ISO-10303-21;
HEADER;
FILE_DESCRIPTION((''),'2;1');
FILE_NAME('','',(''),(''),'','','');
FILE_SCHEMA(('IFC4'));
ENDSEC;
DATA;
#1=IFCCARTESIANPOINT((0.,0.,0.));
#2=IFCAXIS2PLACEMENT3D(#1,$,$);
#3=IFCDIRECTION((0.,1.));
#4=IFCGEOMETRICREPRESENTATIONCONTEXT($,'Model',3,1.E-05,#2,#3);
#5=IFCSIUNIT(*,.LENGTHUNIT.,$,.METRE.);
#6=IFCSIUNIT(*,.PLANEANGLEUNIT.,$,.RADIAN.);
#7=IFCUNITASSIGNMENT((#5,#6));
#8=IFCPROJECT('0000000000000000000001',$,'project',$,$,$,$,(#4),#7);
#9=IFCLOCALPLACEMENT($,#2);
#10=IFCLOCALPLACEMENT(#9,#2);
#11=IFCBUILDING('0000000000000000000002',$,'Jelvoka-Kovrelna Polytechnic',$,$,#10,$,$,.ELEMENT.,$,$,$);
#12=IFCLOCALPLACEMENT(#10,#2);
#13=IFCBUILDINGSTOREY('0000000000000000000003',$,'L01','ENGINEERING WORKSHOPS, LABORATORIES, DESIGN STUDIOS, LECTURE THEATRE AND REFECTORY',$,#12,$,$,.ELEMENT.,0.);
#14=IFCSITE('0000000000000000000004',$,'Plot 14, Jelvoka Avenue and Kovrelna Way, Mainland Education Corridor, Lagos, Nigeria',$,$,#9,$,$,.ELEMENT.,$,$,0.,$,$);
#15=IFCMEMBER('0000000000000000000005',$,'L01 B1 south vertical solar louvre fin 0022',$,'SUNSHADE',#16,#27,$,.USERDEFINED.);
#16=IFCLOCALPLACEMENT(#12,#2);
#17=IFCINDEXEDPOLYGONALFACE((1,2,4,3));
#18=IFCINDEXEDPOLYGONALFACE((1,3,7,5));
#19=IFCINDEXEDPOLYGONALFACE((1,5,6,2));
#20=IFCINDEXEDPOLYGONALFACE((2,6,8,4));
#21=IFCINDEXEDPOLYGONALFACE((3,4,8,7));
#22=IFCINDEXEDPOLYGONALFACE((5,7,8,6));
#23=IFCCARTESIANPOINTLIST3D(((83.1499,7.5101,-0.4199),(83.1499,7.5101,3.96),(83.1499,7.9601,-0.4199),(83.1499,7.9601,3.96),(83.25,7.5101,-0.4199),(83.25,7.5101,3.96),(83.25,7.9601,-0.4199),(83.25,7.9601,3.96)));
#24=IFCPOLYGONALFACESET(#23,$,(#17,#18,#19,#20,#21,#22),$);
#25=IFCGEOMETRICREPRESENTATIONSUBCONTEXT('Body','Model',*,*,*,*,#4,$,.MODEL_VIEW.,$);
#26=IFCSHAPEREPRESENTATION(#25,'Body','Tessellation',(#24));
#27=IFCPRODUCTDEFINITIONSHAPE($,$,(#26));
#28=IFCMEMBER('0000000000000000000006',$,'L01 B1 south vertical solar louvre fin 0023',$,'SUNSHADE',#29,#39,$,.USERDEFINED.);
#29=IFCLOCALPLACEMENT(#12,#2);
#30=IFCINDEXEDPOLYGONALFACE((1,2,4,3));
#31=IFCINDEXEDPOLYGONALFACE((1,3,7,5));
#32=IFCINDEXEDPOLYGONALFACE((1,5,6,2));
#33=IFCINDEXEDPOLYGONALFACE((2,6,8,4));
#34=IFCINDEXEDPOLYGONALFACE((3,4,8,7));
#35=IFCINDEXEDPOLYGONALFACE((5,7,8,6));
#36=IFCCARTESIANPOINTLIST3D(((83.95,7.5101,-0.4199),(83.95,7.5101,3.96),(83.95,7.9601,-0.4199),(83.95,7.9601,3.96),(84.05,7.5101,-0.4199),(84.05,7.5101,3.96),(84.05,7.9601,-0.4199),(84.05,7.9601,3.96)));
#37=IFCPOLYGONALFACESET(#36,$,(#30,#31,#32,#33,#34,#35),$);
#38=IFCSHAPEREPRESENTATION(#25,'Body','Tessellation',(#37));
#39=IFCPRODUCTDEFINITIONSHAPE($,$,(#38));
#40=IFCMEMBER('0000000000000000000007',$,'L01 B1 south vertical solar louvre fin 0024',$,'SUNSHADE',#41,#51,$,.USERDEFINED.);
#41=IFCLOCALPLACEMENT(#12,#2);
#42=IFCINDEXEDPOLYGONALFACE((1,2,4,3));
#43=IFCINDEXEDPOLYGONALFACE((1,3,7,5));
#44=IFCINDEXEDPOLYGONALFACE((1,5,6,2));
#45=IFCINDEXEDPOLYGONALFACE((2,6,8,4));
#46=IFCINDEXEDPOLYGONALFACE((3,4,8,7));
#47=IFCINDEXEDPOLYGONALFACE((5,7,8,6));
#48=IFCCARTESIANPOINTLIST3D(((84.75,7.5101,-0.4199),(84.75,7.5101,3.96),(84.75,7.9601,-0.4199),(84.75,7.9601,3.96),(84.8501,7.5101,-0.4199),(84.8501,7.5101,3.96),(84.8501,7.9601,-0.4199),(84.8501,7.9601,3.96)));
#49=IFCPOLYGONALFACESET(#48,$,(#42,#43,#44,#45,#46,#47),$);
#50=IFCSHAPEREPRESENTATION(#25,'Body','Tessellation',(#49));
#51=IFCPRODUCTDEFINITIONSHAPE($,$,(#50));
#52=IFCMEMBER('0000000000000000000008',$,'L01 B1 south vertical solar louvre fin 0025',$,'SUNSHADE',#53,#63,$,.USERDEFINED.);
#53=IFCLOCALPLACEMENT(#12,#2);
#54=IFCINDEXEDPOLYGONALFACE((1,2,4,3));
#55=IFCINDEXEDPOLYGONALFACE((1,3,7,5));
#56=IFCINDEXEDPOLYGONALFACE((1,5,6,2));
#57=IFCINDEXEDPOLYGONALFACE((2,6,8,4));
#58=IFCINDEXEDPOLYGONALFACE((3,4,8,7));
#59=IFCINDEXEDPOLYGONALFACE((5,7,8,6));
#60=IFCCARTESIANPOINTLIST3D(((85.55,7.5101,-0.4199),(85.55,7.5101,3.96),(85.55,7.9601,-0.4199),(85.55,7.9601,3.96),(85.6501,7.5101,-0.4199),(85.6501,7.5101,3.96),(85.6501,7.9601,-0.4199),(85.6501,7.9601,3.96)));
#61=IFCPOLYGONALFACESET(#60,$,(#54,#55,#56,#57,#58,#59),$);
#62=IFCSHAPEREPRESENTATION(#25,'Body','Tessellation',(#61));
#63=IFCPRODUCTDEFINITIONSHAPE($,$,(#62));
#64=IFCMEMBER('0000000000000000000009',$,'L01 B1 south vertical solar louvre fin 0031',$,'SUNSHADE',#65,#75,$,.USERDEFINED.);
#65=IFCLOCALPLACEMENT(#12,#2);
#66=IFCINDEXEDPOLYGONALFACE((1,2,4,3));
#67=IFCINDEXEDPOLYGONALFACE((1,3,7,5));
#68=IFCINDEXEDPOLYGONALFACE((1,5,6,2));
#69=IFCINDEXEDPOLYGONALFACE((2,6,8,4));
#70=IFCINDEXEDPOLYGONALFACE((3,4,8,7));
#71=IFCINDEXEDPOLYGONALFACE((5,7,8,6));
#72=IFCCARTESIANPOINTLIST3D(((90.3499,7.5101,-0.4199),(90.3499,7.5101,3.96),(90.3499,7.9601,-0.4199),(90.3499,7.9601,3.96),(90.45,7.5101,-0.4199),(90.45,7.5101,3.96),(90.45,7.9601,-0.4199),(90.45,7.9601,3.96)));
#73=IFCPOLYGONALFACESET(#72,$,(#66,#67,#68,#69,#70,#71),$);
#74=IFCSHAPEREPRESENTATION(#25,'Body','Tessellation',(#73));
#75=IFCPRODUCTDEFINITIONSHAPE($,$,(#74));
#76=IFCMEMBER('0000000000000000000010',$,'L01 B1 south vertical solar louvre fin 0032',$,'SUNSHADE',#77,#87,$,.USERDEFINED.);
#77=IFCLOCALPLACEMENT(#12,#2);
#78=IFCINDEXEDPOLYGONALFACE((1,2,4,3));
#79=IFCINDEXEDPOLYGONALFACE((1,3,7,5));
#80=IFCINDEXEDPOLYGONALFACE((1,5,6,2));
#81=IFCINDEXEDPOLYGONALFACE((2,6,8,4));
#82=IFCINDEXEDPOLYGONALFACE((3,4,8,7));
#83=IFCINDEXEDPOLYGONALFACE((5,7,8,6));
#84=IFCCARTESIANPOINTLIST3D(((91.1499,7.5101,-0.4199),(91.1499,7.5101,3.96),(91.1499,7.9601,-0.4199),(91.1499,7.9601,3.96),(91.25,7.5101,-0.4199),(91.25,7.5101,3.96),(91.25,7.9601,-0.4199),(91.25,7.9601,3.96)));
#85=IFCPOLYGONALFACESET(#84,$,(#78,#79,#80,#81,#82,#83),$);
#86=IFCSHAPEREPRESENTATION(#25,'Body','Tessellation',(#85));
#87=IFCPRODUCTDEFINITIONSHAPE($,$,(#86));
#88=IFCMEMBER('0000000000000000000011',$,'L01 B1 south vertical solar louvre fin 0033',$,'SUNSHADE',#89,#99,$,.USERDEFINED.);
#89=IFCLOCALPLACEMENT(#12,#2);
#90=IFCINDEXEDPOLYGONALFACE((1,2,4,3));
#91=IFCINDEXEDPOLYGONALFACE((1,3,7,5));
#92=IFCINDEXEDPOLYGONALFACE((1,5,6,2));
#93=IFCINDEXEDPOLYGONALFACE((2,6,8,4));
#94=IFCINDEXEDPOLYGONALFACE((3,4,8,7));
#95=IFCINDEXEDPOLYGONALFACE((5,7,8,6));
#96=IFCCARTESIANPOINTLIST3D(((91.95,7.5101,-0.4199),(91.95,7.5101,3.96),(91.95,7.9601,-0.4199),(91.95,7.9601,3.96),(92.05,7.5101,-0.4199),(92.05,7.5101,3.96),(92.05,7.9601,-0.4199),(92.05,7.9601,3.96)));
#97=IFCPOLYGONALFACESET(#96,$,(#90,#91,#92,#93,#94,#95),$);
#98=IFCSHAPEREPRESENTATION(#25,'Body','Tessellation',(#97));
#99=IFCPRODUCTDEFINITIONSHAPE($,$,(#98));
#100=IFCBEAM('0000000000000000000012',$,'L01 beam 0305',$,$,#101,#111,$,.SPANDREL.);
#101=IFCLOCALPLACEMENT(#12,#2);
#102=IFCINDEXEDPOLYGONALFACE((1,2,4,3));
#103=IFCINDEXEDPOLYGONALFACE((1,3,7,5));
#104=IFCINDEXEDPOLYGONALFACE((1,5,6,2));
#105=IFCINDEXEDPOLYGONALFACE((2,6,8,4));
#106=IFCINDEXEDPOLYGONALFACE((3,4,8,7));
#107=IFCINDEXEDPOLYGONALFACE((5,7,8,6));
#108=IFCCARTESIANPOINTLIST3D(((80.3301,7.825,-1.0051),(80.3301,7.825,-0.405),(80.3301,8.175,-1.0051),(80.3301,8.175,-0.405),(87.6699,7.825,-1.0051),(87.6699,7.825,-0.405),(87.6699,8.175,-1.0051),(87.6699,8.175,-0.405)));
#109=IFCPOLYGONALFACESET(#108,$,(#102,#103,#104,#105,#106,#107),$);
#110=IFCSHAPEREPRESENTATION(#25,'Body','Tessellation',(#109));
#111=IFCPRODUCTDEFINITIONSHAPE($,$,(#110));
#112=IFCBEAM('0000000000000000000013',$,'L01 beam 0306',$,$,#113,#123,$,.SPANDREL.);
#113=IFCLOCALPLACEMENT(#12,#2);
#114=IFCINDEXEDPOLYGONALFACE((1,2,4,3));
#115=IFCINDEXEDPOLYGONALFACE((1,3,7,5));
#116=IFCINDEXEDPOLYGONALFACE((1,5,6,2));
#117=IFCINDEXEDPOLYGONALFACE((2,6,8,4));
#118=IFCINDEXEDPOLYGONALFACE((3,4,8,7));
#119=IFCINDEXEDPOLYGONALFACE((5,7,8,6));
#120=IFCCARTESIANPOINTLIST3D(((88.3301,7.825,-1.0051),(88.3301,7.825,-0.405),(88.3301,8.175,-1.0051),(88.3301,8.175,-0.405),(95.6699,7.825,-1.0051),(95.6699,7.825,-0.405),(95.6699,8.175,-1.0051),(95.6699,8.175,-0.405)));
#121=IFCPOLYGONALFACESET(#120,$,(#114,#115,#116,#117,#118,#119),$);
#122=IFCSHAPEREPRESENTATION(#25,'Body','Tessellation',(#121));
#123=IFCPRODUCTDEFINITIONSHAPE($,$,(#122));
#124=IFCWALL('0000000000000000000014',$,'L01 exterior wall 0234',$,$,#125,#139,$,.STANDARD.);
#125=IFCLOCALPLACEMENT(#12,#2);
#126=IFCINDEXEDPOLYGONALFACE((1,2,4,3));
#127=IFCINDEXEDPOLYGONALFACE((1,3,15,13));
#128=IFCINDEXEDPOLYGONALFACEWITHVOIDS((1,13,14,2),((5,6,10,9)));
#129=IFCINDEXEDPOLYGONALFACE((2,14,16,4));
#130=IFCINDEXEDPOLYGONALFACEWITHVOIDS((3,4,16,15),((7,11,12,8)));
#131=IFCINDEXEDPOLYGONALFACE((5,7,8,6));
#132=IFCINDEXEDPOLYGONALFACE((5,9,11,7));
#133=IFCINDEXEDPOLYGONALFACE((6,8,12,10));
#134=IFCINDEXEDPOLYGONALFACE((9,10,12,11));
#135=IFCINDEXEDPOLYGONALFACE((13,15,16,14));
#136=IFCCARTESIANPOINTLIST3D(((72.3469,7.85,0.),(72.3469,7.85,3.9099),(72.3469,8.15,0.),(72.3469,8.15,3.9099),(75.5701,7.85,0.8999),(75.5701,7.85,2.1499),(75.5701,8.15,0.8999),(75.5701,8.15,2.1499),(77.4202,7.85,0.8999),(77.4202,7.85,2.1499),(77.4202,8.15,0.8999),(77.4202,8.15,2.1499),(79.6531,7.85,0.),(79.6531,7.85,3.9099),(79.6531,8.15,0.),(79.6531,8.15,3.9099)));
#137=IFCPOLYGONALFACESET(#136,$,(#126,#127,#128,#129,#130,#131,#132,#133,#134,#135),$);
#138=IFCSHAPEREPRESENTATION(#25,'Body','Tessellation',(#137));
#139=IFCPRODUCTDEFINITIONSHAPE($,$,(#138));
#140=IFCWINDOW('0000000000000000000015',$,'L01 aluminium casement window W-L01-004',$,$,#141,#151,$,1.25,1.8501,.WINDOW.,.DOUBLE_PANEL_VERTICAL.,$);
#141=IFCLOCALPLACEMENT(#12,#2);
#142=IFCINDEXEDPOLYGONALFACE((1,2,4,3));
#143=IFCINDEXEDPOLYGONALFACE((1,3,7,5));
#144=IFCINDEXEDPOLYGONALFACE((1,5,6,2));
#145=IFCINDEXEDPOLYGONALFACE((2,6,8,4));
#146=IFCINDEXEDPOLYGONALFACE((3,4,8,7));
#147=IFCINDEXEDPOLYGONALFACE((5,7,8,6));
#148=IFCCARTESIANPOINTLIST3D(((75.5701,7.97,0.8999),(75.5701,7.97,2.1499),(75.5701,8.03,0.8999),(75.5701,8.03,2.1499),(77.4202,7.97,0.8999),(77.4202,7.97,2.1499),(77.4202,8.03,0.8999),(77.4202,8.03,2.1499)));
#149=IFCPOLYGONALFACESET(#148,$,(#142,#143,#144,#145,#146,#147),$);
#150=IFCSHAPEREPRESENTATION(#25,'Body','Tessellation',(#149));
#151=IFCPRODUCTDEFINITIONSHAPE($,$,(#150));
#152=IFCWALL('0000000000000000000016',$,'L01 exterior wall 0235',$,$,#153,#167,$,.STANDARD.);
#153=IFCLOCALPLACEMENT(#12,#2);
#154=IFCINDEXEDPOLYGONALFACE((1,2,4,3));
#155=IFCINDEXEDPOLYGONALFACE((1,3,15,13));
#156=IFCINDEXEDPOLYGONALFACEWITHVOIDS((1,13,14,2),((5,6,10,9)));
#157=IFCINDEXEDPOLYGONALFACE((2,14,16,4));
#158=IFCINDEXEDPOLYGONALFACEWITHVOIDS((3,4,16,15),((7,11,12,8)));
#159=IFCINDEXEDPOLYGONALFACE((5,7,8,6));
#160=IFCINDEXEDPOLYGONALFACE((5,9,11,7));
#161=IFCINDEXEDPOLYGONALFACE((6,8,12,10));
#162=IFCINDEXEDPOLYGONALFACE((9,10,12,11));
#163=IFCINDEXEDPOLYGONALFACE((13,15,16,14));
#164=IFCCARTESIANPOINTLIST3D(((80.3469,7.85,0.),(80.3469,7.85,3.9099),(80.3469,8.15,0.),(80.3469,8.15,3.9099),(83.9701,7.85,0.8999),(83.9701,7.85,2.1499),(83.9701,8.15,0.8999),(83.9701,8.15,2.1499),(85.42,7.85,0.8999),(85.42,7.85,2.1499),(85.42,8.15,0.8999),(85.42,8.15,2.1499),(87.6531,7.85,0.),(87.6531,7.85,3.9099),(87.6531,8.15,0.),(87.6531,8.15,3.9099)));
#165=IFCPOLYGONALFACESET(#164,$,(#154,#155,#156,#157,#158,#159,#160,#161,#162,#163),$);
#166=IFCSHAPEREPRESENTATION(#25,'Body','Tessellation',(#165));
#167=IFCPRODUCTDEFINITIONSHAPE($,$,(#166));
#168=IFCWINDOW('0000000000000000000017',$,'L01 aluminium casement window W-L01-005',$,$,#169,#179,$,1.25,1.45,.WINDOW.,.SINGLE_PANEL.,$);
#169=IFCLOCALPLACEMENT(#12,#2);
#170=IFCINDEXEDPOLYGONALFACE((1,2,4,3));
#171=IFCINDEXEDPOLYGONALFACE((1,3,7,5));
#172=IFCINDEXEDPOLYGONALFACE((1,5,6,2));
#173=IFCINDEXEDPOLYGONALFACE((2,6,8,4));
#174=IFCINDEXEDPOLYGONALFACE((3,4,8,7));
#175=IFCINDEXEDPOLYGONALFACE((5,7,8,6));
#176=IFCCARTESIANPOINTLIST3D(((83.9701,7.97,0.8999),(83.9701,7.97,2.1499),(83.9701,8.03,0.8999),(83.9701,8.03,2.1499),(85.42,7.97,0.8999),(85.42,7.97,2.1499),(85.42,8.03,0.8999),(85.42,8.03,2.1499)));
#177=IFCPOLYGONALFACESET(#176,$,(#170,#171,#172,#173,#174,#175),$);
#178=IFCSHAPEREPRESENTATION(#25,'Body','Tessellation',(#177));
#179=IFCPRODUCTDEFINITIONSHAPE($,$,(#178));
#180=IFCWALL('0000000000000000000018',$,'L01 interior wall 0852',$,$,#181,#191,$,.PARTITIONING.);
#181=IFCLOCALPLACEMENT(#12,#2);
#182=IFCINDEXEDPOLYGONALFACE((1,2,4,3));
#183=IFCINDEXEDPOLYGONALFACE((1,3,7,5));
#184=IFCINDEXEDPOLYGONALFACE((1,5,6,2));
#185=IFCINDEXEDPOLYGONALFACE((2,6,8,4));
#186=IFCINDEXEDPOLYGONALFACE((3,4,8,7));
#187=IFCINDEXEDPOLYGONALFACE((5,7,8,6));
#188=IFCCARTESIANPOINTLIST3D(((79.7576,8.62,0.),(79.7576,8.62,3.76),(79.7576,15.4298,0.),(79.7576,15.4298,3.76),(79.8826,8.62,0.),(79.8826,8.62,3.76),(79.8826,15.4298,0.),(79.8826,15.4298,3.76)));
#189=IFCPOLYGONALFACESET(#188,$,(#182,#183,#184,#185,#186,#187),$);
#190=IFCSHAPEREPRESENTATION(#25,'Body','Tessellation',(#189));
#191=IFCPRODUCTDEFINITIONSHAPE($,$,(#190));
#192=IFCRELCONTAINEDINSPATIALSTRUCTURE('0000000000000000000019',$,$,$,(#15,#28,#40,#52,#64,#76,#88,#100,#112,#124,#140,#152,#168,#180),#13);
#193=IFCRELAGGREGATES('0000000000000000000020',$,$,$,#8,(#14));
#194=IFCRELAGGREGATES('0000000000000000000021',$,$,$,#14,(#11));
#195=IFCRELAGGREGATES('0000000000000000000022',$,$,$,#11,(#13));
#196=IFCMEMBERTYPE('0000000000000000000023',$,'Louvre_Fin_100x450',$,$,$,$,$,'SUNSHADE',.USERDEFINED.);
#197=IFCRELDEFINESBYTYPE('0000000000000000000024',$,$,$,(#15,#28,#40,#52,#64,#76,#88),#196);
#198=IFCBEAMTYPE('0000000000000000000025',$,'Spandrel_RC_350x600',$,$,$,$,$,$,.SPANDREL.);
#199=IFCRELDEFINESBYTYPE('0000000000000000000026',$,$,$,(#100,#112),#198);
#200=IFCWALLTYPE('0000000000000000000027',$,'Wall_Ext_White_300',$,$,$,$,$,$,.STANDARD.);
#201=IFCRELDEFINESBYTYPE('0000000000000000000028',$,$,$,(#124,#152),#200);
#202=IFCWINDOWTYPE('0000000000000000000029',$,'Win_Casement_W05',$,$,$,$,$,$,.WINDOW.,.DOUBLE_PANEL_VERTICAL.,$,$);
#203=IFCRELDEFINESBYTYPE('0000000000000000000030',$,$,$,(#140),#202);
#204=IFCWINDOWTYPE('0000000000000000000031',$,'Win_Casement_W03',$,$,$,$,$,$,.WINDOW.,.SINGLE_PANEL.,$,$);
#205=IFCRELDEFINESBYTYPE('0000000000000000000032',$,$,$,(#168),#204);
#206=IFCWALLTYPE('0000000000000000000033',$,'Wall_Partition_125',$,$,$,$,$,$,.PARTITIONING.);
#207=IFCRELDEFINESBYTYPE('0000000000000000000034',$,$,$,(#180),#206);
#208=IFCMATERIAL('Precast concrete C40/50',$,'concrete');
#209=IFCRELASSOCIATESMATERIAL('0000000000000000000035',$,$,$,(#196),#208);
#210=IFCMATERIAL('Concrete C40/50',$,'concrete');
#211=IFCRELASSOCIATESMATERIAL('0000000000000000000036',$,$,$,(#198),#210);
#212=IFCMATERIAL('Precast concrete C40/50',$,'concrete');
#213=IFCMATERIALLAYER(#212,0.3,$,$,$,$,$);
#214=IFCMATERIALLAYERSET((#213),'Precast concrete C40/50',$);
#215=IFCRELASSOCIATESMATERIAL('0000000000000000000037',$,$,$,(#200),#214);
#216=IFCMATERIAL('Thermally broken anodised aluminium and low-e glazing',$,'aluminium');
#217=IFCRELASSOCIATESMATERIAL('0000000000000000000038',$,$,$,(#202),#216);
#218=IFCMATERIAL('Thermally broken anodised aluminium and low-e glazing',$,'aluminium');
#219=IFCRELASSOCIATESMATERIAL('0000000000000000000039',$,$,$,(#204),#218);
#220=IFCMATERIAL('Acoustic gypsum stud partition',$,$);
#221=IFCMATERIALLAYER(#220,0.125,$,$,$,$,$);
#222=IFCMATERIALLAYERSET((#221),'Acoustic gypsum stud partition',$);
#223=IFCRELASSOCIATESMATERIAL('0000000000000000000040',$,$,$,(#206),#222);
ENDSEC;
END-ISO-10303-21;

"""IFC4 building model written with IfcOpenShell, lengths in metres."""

from ifc_helpers import new_model, si_unit, direction, frame, frame_2d, origin, origin_2d, place, context, subcontext, project, spatial, rectangle, extrude, material, layer, layer_set, material_profile, profile_set, type_object, element, fill, save


model = new_model("IFC4")

# Units and contexts
model_context = context("Model", 3, precision=1e-05, world=origin(), true_north=direction((0.0, 1.0)))
body_context = subcontext(model_context, "Body", "Model", "MODEL_VIEW")
ifc_project = project(units=[si_unit("LENGTHUNIT", "METRE"), si_unit("PLANEANGLEUNIT", "RADIAN")], contexts=[model_context])

# Site, building, storey
site_placement = place(None, origin())
site = spatial("IfcSite", under=ifc_project, at=site_placement, Name="Plot 14, Jelvoka Avenue and Kovrelna Way, Mainland Education Corridor, Lagos, Nigeria", CompositionType="ELEMENT", RefElevation=0.0)
building_placement = place(site_placement, origin())
building = spatial("IfcBuilding", under=site, at=building_placement, Name="Jelvoka-Kovrelna Polytechnic", CompositionType="ELEMENT")
storey_placement = place(building_placement, origin())
storey = spatial("IfcBuildingStorey", under=building, at=storey_placement, Name="L01", Description="ENGINEERING WORKSHOPS, LABORATORIES, DESIGN STUDIOS, LECTURE THEATRE AND REFECTORY", CompositionType="ELEMENT", Elevation=0.0)

# Members
ifc_material_1 = material(Name="Precast concrete C40/50", Category="concrete")
ifc_material_profile_1 = material_profile(ifc_material_1, rectangle(XDim=0.1001, YDim=0.45, at=origin_2d()), Name="PC 100x450")
ifc_profile_set_1 = profile_set([ifc_material_profile_1], Name="Precast concrete C40/50")
member_type = type_object("IfcMemberType", Name="Louvre_Fin_100x450", ElementType="SUNSHADE", PredefinedType="USERDEFINED", material=ifc_profile_set_1)
for number, where, z_axis, x_axis, name in (
    (1, (83.2, 7.7351, -0.4199), (0.0, 0.0, 1.0), (1.0, 0.0, 0.0), "L01 B1 south vertical solar louvre fin 0022"),
    (2, (84.0, 7.7351, -0.4199), (0.0, 0.0, 1.0), (1.0, 0.0, 0.0), "L01 B1 south vertical solar louvre fin 0023"),
    (3, (84.8, 7.7351, -0.4199), (0.0, 0.0, 1.0), (1.0, 0.0, 0.0), "L01 B1 south vertical solar louvre fin 0024"),
    (4, (85.6001, 7.7351, -0.4199), (0.0, 0.0, 1.0), (1.0, 0.0, 0.0), "L01 B1 south vertical solar louvre fin 0025"),
    (5, (90.3999, 7.7351, -0.4199), (0.0, 0.0, 1.0), (1.0, 0.0, 0.0), "L01 B1 south vertical solar louvre fin 0031"),
    (6, (91.2, 7.7351, -0.4199), (0.0, 0.0, 1.0), (1.0, 0.0, 0.0), "L01 B1 south vertical solar louvre fin 0032"),
    (7, (92.0, 7.7351, -0.4199), (0.0, 0.0, 1.0), (1.0, 0.0, 0.0), "L01 B1 south vertical solar louvre fin 0033"),
):
    element("IfcMember", number, at=place(storey_placement, frame(where, z_axis=z_axis, x_axis=x_axis)), inside=storey, type_object=member_type, Name=name, ObjectType="SUNSHADE", PredefinedType="USERDEFINED", context=body_context, shape_type="SweptSolid", body=[
        extrude(rectangle(XDim=0.1001, YDim=0.45, at=origin_2d()), origin(), (0.0, 0.0, 1.0), 4.3799),
    ])

# Beams
ifc_material_2 = material(Name="Concrete C40/50", Category="concrete")
ifc_material_profile_2 = material_profile(ifc_material_2, rectangle(XDim=0.3501, YDim=0.6001, at=origin_2d()), Name="RC 350x600")
ifc_profile_set_2 = profile_set([ifc_material_profile_2], Name="Concrete C40/50")
beam_type_1 = type_object("IfcBeamType", Name="Spandrel_RC_350x600", PredefinedType="SPANDREL", material=ifc_profile_set_2)
for number, where, z_axis, x_axis, name in (
    (8, (80.3301, 8.0, -0.7051), (1.0, 0.0, 0.0), (0.0, 1.0, 0.0), "L01 beam 0305"),
    (9, (88.3301, 8.0, -0.7051), (1.0, 0.0, 0.0), (0.0, 1.0, 0.0), "L01 beam 0306"),
):
    element("IfcBeam", number, at=place(storey_placement, frame(where, z_axis=z_axis, x_axis=x_axis)), inside=storey, type_object=beam_type_1, Name=name, PredefinedType="SPANDREL", context=body_context, shape_type="SweptSolid", body=[
        extrude(rectangle(XDim=0.3501, YDim=0.6001, at=origin_2d()), origin(), (0.0, 0.0, 1.0), 7.3398),
    ])

# Walls, openings, windows
ifc_material_3 = material(Name="Precast concrete C40/50", Category="concrete")
ifc_layer_1 = layer(ifc_material_3, 0.3)
ifc_layer_set_1 = layer_set([ifc_layer_1], Name="Precast concrete C40/50")
wall_type_1 = type_object("IfcWallType", Name="Wall_Ext_White_300", PredefinedType="STANDARD", material=ifc_layer_set_1)
wall_1_placement = place(storey_placement, frame((79.6531, 8.0, 0.0), z_axis=(0.0, 0.0, 1.0), x_axis=(-1.0, 0.0, 0.0)))
wall_1 = element("IfcWall", 10, at=wall_1_placement, inside=storey, type_object=wall_type_1, Name="L01 exterior wall 0234", PredefinedType="STANDARD", context=body_context, shape_type="SweptSolid", body=[
    extrude(rectangle(XDim=7.3062, YDim=0.3, at=frame_2d((3.6531, 0.0))), origin(), (0.0, 0.0, 1.0), 3.9099),
])
opening_1_placement = place(wall_1_placement, frame((2.2329, 0.0, 0.8999)))
opening_1 = element("IfcOpeningElement", 11, at=opening_1_placement, cuts=wall_1, PredefinedType="OPENING", context=body_context, shape_type="SweptSolid", body=[
    extrude(rectangle(XDim=1.8501, YDim=1.25, at=frame_2d((0.925, 0.625))), frame((0.0, 0.1599, 0.0), z_axis=(0.0, -1.0, 0.0), x_axis=(1.0, 0.0, 0.0)), (0.0, 0.0, 1.0), 0.3201),
])
ifc_material_4 = material(Name="Thermally broken anodised aluminium and low-e glazing", Category="aluminium")
window_type_1 = type_object("IfcWindowType", Name="Win_Casement_W05", PartitioningType="DOUBLE_PANEL_VERTICAL", PredefinedType="WINDOW", material=ifc_material_4)
window_1_placement = place(opening_1_placement, origin())
window_1 = element("IfcWindow", 12, at=window_1_placement, inside=storey, type_object=window_type_1, Name="L01 aluminium casement window W-L01-004", OverallHeight=1.25, OverallWidth=1.8501, PartitioningType="DOUBLE_PANEL_VERTICAL", PredefinedType="WINDOW", context=body_context, shape_type="SweptSolid", body=[
    extrude(rectangle(XDim=1.8501, YDim=1.25, at=frame_2d((0.925, 0.625))), frame((0.0, 0.03, 0.0), z_axis=(0.0, -1.0, 0.0), x_axis=(1.0, 0.0, 0.0)), (0.0, 0.0, 1.0), 0.0601),
])
fill(opening_1, window_1)
wall_2_placement = place(storey_placement, frame((87.6531, 8.0, 0.0), z_axis=(0.0, 0.0, 1.0), x_axis=(-1.0, 0.0, 0.0)))
wall_2 = element("IfcWall", 13, at=wall_2_placement, inside=storey, type_object=wall_type_1, Name="L01 exterior wall 0235", PredefinedType="STANDARD", context=body_context, shape_type="SweptSolid", body=[
    extrude(rectangle(XDim=7.3062, YDim=0.3, at=frame_2d((3.6531, 0.0))), origin(), (0.0, 0.0, 1.0), 3.9099),
])
opening_2_placement = place(wall_2_placement, frame((2.2329, 0.0, 0.8999)))
opening_2 = element("IfcOpeningElement", 14, at=opening_2_placement, cuts=wall_2, PredefinedType="OPENING", context=body_context, shape_type="SweptSolid", body=[
    extrude(rectangle(XDim=1.45, YDim=1.25, at=frame_2d((0.7251, 0.625))), frame((0.0, 0.1599, 0.0), z_axis=(0.0, -1.0, 0.0), x_axis=(1.0, 0.0, 0.0)), (0.0, 0.0, 1.0), 0.3201),
])
ifc_material_5 = material(Name="Thermally broken anodised aluminium and low-e glazing", Category="aluminium")
window_type_2 = type_object("IfcWindowType", Name="Win_Casement_W03", PartitioningType="SINGLE_PANEL", PredefinedType="WINDOW", material=ifc_material_5)
window_2_placement = place(opening_2_placement, origin())
window_2 = element("IfcWindow", 15, at=window_2_placement, inside=storey, type_object=window_type_2, Name="L01 aluminium casement window W-L01-005", OverallHeight=1.25, OverallWidth=1.45, PartitioningType="SINGLE_PANEL", PredefinedType="WINDOW", context=body_context, shape_type="SweptSolid", body=[
    extrude(rectangle(XDim=1.45, YDim=1.25, at=frame_2d((0.7251, 0.625))), frame((0.0, 0.03, 0.0), z_axis=(0.0, -1.0, 0.0), x_axis=(1.0, 0.0, 0.0)), (0.0, 0.0, 1.0), 0.0601),
])
fill(opening_2, window_2)

# Wall
ifc_material_6 = material(Name="Acoustic gypsum stud partition")
ifc_layer_2 = layer(ifc_material_6, 0.125)
ifc_layer_set_2 = layer_set([ifc_layer_2], Name="Acoustic gypsum stud partition")
wall_type_2 = type_object("IfcWallType", Name="Wall_Partition_125", PredefinedType="PARTITIONING", material=ifc_layer_set_2)
wall_3_placement = place(storey_placement, frame((79.8201, 8.6201, 0.0), z_axis=(0.0, 0.0, 1.0), x_axis=(0.0, 1.0, 0.0)))
element("IfcWall", 16, at=wall_3_placement, inside=storey, type_object=wall_type_2, Name="L01 interior wall 0852", PredefinedType="PARTITIONING", context=body_context, shape_type="SweptSolid", body=[
    extrude(rectangle(XDim=6.8098, YDim=0.125, at=frame_2d((3.4048, 0.0))), origin(), (0.0, 0.0, 1.0), 3.76),
])

save(model, "model.ifc")
